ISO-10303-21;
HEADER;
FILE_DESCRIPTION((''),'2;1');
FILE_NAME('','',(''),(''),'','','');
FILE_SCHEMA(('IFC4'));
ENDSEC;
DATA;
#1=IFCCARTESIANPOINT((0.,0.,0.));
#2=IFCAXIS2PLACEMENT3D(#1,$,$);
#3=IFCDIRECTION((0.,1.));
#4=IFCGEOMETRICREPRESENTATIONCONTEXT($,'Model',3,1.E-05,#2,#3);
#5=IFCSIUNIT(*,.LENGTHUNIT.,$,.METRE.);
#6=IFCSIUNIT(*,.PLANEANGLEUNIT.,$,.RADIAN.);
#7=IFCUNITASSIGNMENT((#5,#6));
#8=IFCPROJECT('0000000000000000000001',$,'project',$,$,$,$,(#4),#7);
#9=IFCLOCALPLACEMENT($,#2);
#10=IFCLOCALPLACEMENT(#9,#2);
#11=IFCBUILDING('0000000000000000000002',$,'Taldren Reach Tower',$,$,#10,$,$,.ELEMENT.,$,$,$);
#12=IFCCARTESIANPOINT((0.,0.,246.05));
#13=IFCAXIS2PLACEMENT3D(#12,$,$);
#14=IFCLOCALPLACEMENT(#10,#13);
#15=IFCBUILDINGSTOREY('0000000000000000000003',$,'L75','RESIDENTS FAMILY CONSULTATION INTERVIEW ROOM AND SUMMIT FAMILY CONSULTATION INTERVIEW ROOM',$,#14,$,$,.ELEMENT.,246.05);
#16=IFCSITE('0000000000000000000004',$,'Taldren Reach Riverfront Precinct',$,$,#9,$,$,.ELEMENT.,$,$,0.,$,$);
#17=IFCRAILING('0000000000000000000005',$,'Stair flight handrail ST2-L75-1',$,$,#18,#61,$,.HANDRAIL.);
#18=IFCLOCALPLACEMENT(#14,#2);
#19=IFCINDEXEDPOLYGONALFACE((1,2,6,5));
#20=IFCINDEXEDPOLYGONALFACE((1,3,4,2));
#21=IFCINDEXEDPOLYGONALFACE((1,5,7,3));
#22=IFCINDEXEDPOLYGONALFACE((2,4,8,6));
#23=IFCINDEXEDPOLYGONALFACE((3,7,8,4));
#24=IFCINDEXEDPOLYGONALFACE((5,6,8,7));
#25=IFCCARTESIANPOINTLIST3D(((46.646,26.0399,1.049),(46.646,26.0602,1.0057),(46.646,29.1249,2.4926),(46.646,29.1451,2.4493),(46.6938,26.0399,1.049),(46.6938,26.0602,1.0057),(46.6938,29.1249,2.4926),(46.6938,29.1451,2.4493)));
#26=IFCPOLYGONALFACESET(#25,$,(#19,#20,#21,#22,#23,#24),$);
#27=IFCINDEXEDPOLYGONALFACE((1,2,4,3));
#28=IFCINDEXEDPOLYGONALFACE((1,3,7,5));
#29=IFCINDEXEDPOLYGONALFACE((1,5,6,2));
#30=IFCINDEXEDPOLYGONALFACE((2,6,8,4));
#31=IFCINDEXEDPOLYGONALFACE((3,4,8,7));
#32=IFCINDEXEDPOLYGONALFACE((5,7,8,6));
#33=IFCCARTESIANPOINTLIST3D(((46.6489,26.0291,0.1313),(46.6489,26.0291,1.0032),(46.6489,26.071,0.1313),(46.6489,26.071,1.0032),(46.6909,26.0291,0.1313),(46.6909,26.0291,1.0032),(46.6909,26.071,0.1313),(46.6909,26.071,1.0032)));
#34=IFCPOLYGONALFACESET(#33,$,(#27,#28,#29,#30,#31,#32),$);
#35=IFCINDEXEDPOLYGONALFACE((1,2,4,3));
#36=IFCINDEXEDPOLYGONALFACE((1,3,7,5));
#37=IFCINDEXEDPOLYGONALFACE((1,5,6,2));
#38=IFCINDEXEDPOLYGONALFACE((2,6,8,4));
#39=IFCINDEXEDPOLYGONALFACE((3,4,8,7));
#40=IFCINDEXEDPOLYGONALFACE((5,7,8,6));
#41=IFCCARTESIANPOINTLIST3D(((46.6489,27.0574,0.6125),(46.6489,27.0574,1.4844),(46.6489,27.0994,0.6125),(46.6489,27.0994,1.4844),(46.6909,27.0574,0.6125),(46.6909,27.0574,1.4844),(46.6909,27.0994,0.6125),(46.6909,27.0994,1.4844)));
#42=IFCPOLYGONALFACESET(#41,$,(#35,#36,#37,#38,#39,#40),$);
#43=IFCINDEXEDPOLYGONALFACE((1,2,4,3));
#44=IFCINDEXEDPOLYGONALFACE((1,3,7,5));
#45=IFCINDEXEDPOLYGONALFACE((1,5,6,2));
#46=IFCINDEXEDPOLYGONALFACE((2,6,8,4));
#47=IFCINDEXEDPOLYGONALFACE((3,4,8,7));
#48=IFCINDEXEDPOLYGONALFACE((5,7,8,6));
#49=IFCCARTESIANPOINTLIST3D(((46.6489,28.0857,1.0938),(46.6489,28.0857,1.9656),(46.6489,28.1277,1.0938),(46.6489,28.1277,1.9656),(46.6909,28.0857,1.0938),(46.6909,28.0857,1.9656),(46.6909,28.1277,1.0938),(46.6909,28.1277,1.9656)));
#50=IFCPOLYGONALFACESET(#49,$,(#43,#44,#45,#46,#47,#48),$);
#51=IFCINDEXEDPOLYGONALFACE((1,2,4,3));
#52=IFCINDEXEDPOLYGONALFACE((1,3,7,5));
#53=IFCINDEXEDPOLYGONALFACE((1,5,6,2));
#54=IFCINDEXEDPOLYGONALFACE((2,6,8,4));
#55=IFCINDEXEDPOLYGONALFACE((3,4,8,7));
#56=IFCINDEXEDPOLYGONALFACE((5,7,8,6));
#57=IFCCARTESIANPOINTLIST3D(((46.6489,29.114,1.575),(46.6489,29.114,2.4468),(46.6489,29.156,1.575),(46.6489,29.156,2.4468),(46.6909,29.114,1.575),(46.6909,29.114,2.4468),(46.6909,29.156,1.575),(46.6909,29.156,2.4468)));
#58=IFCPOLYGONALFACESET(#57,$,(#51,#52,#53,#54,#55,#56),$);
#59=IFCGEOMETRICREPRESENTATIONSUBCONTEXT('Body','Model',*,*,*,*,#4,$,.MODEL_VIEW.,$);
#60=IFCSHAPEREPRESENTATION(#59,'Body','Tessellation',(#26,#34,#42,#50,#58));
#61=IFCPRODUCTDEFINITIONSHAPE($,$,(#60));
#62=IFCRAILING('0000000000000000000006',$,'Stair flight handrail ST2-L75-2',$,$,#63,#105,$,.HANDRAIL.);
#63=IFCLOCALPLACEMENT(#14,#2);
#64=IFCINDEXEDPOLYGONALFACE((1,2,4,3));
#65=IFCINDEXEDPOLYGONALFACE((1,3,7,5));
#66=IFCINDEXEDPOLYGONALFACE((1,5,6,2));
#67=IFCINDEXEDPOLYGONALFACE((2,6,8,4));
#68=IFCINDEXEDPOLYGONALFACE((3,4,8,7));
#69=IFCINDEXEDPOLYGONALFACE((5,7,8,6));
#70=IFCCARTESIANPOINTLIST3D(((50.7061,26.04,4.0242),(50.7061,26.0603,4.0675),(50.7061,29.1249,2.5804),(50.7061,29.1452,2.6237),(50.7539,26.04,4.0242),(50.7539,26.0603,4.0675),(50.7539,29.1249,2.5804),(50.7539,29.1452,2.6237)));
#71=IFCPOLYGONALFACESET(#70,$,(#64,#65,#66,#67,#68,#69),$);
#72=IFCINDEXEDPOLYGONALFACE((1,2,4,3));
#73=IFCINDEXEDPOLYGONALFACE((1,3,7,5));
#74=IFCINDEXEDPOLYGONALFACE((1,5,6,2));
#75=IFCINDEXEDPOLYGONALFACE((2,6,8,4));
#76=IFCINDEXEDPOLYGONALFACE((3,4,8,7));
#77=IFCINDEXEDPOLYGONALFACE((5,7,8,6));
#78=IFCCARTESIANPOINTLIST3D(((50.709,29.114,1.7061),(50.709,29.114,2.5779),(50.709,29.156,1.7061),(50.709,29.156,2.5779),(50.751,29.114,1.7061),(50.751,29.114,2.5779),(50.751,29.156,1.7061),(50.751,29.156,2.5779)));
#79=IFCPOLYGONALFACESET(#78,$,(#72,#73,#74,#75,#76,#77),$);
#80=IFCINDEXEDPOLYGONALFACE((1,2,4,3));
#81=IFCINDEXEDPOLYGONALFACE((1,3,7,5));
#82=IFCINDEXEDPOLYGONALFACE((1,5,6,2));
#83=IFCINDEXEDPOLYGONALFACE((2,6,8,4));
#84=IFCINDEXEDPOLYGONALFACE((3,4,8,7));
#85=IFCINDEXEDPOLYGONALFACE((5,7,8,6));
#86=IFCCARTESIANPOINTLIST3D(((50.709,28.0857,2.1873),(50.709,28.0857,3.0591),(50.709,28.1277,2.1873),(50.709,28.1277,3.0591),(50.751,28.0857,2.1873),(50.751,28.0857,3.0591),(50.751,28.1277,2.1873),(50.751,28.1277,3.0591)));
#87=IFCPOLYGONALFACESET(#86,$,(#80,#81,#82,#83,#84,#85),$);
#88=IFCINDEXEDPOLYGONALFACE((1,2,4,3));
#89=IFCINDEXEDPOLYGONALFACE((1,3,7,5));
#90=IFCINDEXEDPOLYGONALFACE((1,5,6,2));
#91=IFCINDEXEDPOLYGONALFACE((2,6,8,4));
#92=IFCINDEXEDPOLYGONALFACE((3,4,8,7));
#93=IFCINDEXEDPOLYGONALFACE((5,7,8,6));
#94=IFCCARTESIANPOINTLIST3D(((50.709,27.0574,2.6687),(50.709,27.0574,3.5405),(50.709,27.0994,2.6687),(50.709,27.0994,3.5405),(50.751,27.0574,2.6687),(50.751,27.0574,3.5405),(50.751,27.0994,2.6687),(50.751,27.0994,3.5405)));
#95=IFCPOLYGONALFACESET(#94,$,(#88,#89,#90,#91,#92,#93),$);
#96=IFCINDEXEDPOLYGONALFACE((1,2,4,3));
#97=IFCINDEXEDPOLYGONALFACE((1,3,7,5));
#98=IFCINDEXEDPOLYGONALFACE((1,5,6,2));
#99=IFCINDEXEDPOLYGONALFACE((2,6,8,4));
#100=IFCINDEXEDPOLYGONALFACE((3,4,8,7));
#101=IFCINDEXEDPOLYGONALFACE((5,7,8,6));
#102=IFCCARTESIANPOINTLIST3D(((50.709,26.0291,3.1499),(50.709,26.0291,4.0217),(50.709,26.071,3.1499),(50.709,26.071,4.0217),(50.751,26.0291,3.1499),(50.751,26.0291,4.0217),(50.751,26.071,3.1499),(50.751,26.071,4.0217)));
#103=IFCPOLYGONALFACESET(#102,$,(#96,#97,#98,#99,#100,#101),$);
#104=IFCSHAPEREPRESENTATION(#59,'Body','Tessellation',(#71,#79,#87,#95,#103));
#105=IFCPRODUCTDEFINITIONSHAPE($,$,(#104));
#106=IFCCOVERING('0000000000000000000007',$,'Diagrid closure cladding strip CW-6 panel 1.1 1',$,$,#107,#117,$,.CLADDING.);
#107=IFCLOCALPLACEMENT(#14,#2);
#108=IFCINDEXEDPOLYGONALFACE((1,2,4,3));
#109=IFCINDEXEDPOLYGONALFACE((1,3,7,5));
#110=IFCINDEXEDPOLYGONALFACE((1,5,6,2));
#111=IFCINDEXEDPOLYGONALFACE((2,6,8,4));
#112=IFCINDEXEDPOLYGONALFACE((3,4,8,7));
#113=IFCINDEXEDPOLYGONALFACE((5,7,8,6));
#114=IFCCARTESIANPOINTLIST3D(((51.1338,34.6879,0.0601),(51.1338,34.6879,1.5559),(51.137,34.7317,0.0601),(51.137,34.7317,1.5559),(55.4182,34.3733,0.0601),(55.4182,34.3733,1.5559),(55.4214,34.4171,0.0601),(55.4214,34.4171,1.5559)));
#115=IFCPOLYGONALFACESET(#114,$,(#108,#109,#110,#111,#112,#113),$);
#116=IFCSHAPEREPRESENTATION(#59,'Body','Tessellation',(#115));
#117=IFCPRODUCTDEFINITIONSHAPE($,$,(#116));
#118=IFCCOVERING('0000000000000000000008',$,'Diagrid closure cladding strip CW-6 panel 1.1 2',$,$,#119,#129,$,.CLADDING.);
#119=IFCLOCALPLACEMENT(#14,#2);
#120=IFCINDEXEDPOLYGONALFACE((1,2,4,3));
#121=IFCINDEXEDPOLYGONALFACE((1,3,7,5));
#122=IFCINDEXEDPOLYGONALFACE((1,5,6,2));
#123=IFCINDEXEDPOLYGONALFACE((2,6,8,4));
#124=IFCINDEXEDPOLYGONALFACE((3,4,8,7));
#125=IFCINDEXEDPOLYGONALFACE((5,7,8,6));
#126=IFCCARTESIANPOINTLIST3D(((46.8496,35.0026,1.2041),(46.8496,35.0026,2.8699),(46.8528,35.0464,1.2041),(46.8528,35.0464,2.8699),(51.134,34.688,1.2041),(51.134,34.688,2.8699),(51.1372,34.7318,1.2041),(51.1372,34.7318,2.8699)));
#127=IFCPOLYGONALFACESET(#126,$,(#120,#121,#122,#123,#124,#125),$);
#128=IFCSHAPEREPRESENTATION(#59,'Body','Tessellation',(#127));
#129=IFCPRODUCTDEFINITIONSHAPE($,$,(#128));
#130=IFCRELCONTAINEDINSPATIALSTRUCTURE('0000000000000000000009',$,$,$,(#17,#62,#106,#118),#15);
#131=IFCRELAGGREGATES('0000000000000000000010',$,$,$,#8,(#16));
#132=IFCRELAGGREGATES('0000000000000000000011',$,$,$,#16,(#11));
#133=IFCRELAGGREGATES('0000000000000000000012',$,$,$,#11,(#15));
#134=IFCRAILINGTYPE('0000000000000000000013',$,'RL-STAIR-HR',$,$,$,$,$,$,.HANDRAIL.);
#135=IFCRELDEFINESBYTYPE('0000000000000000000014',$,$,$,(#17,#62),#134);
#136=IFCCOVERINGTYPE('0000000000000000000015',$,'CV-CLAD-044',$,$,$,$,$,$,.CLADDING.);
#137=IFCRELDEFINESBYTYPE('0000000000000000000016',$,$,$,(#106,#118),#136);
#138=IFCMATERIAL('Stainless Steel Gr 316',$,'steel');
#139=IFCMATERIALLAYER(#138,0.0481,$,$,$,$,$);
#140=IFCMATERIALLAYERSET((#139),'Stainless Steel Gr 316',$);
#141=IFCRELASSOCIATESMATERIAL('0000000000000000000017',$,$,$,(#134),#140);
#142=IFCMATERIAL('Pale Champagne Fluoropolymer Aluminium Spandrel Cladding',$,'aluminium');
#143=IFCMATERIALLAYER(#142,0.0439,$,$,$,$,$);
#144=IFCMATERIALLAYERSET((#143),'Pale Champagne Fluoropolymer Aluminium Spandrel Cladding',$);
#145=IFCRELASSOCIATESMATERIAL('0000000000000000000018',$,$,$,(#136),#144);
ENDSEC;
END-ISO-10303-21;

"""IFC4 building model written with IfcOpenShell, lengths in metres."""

from ifc_helpers import new_model, si_unit, direction, frame, origin, origin_2d, place, context, subcontext, project, spatial, rectangle, extrude, source, transform, mapped, material, layer, layer_set, type_object, element, save


model = new_model("IFC4")

# Units and contexts
model_context = context("Model", 3, precision=1e-05, world=origin(), true_north=direction((0.0, 1.0)))
body_context = subcontext(model_context, "Body", "Model", "MODEL_VIEW")
ifc_project = project(units=[si_unit("LENGTHUNIT", "METRE"), si_unit("PLANEANGLEUNIT", "RADIAN")], contexts=[model_context])

# Site, building, storey
site_placement = place(None, origin())
site = spatial("IfcSite", under=ifc_project, at=site_placement, Name="Taldren Reach Riverfront Precinct", CompositionType="ELEMENT", RefElevation=0.0)
building_placement = place(site_placement, origin())
building = spatial("IfcBuilding", under=site, at=building_placement, Name="Taldren Reach Tower", CompositionType="ELEMENT")
storey_placement = place(building_placement, frame((0.0, 0.0, 246.05)))
storey = spatial("IfcBuildingStorey", under=building, at=storey_placement, Name="L75", Description="RESIDENTS FAMILY CONSULTATION INTERVIEW ROOM AND SUMMIT FAMILY CONSULTATION INTERVIEW ROOM", CompositionType="ELEMENT", Elevation=246.05)

# Railings
ifc_material_1 = material(Name="Stainless Steel Gr 316", Category="steel")
ifc_layer_1 = layer(ifc_material_1, 0.0481)
ifc_layer_set_1 = layer_set([ifc_layer_1], Name="Stainless Steel Gr 316")
railing_type_1 = type_object("IfcRailingType", Name="RL-STAIR-HR", PredefinedType="HANDRAIL", material=ifc_layer_set_1)
railing_1_placement = place(storey_placement, frame((46.6699, 26.05, 0.1313)))
element("IfcRailing", 1, at=railing_1_placement, inside=storey, type_object=railing_type_1, Name="Stair flight handrail ST2-L75-1", PredefinedType="HANDRAIL", context=body_context, shape_type="SweptSolid", body=[
    extrude(rectangle(XDim=0.0479, YDim=0.0479, at=origin_2d()), frame((0.0, 0.0, 0.896), z_axis=(0.0, 0.905738, 0.423839), x_axis=(-1.0, 0.0, 0.0)), (0.0, 0.0, 1.0), 3.406),
    extrude(rectangle(XDim=0.042, YDim=0.042, at=origin_2d()), origin(), (0.0, 0.0, 1.0), 0.8718),
    extrude(rectangle(XDim=0.042, YDim=0.042, at=origin_2d()), frame((0.0, 1.0283, 0.4812)), (0.0, 0.0, 1.0), 0.8718),
    extrude(rectangle(XDim=0.042, YDim=0.042, at=origin_2d()), frame((0.0, 2.0566, 0.9624)), (0.0, 0.0, 1.0), 0.8718),
    extrude(rectangle(XDim=0.042, YDim=0.042, at=origin_2d()), frame((0.0, 3.085, 1.4436)), (0.0, 0.0, 1.0), 0.8718),
])
railing_2_placement = place(storey_placement, frame((50.73, 29.135, 1.7061)))
element("IfcRailing", 2, at=railing_2_placement, inside=storey, type_object=railing_type_1, Name="Stair flight handrail ST2-L75-2", PredefinedType="HANDRAIL", context=body_context, shape_type="SweptSolid", body=[
    extrude(rectangle(XDim=0.0479, YDim=0.0479, at=origin_2d()), frame((0.0, 0.0, 0.896), z_axis=(0.0, -0.90571, 0.423898), x_axis=(1.0, 0.0, 0.0)), (0.0, 0.0, 1.0), 3.406),
    extrude(rectangle(XDim=0.042, YDim=0.042, at=origin_2d()), origin(), (0.0, 0.0, 1.0), 0.8718),
    extrude(rectangle(XDim=0.042, YDim=0.042, at=origin_2d()), frame((0.0, -1.0283, 0.4812)), (0.0, 0.0, 1.0), 0.8718),
    extrude(rectangle(XDim=0.042, YDim=0.042, at=origin_2d()), frame((0.0, -2.0566, 0.9626)), (0.0, 0.0, 1.0), 0.8718),
    extrude(rectangle(XDim=0.042, YDim=0.042, at=origin_2d()), frame((0.0, -3.085, 1.4438)), (0.0, 0.0, 1.0), 0.8718),
])

# Coverings
ifc_material_2 = material(Name="Pale Champagne Fluoropolymer Aluminium Spandrel Cladding", Category="aluminium")
ifc_layer_2 = layer(ifc_material_2, 0.0439)
ifc_layer_set_2 = layer_set([ifc_layer_2], Name="Pale Champagne Fluoropolymer Aluminium Spandrel Cladding")
covering_type = type_object("IfcCoveringType", Name="CV-CLAD-044", PredefinedType="CLADDING", material=ifc_layer_set_2)
shared_shape_1 = source(origin(), body_context, "Body", "SweptSolid", [
    extrude(rectangle(XDim=4.2959, YDim=0.0439, at=origin_2d()), origin(), (0.0, 0.0, 1.0), 1.4958),
])
covering_1_placement = place(storey_placement, frame((53.2776, 34.5525, 0.0601), z_axis=(0.0, 0.0, 1.0), x_axis=(-0.997314, 0.073238, 0.0)))
element("IfcCovering", 3, at=covering_1_placement, inside=storey, type_object=covering_type, Name="Diagrid closure cladding strip CW-6 panel 1.1 1", PredefinedType="CLADDING", context=body_context, shape_type="MappedRepresentation", body=[
    mapped(shared_shape_1, transform((0.0, 0.0, 0.0), scale=1.0)),
])
shared_shape_2 = source(origin(), body_context, "Body", "SweptSolid", [
    extrude(rectangle(XDim=4.2959, YDim=0.0439, at=origin_2d()), origin(), (0.0, 0.0, 1.0), 1.6658),
])
covering_2_placement = place(storey_placement, frame((48.9934, 34.8672, 1.2041), z_axis=(0.0, 0.0, 1.0), x_axis=(-0.997314, 0.073238, 0.0)))
element("IfcCovering", 4, at=covering_2_placement, inside=storey, type_object=covering_type, Name="Diagrid closure cladding strip CW-6 panel 1.1 2", PredefinedType="CLADDING", context=body_context, shape_type="MappedRepresentation", body=[
    mapped(shared_shape_2, transform((0.0, 0.0, 0.0), scale=1.0)),
])

save(model, "model.ifc")
